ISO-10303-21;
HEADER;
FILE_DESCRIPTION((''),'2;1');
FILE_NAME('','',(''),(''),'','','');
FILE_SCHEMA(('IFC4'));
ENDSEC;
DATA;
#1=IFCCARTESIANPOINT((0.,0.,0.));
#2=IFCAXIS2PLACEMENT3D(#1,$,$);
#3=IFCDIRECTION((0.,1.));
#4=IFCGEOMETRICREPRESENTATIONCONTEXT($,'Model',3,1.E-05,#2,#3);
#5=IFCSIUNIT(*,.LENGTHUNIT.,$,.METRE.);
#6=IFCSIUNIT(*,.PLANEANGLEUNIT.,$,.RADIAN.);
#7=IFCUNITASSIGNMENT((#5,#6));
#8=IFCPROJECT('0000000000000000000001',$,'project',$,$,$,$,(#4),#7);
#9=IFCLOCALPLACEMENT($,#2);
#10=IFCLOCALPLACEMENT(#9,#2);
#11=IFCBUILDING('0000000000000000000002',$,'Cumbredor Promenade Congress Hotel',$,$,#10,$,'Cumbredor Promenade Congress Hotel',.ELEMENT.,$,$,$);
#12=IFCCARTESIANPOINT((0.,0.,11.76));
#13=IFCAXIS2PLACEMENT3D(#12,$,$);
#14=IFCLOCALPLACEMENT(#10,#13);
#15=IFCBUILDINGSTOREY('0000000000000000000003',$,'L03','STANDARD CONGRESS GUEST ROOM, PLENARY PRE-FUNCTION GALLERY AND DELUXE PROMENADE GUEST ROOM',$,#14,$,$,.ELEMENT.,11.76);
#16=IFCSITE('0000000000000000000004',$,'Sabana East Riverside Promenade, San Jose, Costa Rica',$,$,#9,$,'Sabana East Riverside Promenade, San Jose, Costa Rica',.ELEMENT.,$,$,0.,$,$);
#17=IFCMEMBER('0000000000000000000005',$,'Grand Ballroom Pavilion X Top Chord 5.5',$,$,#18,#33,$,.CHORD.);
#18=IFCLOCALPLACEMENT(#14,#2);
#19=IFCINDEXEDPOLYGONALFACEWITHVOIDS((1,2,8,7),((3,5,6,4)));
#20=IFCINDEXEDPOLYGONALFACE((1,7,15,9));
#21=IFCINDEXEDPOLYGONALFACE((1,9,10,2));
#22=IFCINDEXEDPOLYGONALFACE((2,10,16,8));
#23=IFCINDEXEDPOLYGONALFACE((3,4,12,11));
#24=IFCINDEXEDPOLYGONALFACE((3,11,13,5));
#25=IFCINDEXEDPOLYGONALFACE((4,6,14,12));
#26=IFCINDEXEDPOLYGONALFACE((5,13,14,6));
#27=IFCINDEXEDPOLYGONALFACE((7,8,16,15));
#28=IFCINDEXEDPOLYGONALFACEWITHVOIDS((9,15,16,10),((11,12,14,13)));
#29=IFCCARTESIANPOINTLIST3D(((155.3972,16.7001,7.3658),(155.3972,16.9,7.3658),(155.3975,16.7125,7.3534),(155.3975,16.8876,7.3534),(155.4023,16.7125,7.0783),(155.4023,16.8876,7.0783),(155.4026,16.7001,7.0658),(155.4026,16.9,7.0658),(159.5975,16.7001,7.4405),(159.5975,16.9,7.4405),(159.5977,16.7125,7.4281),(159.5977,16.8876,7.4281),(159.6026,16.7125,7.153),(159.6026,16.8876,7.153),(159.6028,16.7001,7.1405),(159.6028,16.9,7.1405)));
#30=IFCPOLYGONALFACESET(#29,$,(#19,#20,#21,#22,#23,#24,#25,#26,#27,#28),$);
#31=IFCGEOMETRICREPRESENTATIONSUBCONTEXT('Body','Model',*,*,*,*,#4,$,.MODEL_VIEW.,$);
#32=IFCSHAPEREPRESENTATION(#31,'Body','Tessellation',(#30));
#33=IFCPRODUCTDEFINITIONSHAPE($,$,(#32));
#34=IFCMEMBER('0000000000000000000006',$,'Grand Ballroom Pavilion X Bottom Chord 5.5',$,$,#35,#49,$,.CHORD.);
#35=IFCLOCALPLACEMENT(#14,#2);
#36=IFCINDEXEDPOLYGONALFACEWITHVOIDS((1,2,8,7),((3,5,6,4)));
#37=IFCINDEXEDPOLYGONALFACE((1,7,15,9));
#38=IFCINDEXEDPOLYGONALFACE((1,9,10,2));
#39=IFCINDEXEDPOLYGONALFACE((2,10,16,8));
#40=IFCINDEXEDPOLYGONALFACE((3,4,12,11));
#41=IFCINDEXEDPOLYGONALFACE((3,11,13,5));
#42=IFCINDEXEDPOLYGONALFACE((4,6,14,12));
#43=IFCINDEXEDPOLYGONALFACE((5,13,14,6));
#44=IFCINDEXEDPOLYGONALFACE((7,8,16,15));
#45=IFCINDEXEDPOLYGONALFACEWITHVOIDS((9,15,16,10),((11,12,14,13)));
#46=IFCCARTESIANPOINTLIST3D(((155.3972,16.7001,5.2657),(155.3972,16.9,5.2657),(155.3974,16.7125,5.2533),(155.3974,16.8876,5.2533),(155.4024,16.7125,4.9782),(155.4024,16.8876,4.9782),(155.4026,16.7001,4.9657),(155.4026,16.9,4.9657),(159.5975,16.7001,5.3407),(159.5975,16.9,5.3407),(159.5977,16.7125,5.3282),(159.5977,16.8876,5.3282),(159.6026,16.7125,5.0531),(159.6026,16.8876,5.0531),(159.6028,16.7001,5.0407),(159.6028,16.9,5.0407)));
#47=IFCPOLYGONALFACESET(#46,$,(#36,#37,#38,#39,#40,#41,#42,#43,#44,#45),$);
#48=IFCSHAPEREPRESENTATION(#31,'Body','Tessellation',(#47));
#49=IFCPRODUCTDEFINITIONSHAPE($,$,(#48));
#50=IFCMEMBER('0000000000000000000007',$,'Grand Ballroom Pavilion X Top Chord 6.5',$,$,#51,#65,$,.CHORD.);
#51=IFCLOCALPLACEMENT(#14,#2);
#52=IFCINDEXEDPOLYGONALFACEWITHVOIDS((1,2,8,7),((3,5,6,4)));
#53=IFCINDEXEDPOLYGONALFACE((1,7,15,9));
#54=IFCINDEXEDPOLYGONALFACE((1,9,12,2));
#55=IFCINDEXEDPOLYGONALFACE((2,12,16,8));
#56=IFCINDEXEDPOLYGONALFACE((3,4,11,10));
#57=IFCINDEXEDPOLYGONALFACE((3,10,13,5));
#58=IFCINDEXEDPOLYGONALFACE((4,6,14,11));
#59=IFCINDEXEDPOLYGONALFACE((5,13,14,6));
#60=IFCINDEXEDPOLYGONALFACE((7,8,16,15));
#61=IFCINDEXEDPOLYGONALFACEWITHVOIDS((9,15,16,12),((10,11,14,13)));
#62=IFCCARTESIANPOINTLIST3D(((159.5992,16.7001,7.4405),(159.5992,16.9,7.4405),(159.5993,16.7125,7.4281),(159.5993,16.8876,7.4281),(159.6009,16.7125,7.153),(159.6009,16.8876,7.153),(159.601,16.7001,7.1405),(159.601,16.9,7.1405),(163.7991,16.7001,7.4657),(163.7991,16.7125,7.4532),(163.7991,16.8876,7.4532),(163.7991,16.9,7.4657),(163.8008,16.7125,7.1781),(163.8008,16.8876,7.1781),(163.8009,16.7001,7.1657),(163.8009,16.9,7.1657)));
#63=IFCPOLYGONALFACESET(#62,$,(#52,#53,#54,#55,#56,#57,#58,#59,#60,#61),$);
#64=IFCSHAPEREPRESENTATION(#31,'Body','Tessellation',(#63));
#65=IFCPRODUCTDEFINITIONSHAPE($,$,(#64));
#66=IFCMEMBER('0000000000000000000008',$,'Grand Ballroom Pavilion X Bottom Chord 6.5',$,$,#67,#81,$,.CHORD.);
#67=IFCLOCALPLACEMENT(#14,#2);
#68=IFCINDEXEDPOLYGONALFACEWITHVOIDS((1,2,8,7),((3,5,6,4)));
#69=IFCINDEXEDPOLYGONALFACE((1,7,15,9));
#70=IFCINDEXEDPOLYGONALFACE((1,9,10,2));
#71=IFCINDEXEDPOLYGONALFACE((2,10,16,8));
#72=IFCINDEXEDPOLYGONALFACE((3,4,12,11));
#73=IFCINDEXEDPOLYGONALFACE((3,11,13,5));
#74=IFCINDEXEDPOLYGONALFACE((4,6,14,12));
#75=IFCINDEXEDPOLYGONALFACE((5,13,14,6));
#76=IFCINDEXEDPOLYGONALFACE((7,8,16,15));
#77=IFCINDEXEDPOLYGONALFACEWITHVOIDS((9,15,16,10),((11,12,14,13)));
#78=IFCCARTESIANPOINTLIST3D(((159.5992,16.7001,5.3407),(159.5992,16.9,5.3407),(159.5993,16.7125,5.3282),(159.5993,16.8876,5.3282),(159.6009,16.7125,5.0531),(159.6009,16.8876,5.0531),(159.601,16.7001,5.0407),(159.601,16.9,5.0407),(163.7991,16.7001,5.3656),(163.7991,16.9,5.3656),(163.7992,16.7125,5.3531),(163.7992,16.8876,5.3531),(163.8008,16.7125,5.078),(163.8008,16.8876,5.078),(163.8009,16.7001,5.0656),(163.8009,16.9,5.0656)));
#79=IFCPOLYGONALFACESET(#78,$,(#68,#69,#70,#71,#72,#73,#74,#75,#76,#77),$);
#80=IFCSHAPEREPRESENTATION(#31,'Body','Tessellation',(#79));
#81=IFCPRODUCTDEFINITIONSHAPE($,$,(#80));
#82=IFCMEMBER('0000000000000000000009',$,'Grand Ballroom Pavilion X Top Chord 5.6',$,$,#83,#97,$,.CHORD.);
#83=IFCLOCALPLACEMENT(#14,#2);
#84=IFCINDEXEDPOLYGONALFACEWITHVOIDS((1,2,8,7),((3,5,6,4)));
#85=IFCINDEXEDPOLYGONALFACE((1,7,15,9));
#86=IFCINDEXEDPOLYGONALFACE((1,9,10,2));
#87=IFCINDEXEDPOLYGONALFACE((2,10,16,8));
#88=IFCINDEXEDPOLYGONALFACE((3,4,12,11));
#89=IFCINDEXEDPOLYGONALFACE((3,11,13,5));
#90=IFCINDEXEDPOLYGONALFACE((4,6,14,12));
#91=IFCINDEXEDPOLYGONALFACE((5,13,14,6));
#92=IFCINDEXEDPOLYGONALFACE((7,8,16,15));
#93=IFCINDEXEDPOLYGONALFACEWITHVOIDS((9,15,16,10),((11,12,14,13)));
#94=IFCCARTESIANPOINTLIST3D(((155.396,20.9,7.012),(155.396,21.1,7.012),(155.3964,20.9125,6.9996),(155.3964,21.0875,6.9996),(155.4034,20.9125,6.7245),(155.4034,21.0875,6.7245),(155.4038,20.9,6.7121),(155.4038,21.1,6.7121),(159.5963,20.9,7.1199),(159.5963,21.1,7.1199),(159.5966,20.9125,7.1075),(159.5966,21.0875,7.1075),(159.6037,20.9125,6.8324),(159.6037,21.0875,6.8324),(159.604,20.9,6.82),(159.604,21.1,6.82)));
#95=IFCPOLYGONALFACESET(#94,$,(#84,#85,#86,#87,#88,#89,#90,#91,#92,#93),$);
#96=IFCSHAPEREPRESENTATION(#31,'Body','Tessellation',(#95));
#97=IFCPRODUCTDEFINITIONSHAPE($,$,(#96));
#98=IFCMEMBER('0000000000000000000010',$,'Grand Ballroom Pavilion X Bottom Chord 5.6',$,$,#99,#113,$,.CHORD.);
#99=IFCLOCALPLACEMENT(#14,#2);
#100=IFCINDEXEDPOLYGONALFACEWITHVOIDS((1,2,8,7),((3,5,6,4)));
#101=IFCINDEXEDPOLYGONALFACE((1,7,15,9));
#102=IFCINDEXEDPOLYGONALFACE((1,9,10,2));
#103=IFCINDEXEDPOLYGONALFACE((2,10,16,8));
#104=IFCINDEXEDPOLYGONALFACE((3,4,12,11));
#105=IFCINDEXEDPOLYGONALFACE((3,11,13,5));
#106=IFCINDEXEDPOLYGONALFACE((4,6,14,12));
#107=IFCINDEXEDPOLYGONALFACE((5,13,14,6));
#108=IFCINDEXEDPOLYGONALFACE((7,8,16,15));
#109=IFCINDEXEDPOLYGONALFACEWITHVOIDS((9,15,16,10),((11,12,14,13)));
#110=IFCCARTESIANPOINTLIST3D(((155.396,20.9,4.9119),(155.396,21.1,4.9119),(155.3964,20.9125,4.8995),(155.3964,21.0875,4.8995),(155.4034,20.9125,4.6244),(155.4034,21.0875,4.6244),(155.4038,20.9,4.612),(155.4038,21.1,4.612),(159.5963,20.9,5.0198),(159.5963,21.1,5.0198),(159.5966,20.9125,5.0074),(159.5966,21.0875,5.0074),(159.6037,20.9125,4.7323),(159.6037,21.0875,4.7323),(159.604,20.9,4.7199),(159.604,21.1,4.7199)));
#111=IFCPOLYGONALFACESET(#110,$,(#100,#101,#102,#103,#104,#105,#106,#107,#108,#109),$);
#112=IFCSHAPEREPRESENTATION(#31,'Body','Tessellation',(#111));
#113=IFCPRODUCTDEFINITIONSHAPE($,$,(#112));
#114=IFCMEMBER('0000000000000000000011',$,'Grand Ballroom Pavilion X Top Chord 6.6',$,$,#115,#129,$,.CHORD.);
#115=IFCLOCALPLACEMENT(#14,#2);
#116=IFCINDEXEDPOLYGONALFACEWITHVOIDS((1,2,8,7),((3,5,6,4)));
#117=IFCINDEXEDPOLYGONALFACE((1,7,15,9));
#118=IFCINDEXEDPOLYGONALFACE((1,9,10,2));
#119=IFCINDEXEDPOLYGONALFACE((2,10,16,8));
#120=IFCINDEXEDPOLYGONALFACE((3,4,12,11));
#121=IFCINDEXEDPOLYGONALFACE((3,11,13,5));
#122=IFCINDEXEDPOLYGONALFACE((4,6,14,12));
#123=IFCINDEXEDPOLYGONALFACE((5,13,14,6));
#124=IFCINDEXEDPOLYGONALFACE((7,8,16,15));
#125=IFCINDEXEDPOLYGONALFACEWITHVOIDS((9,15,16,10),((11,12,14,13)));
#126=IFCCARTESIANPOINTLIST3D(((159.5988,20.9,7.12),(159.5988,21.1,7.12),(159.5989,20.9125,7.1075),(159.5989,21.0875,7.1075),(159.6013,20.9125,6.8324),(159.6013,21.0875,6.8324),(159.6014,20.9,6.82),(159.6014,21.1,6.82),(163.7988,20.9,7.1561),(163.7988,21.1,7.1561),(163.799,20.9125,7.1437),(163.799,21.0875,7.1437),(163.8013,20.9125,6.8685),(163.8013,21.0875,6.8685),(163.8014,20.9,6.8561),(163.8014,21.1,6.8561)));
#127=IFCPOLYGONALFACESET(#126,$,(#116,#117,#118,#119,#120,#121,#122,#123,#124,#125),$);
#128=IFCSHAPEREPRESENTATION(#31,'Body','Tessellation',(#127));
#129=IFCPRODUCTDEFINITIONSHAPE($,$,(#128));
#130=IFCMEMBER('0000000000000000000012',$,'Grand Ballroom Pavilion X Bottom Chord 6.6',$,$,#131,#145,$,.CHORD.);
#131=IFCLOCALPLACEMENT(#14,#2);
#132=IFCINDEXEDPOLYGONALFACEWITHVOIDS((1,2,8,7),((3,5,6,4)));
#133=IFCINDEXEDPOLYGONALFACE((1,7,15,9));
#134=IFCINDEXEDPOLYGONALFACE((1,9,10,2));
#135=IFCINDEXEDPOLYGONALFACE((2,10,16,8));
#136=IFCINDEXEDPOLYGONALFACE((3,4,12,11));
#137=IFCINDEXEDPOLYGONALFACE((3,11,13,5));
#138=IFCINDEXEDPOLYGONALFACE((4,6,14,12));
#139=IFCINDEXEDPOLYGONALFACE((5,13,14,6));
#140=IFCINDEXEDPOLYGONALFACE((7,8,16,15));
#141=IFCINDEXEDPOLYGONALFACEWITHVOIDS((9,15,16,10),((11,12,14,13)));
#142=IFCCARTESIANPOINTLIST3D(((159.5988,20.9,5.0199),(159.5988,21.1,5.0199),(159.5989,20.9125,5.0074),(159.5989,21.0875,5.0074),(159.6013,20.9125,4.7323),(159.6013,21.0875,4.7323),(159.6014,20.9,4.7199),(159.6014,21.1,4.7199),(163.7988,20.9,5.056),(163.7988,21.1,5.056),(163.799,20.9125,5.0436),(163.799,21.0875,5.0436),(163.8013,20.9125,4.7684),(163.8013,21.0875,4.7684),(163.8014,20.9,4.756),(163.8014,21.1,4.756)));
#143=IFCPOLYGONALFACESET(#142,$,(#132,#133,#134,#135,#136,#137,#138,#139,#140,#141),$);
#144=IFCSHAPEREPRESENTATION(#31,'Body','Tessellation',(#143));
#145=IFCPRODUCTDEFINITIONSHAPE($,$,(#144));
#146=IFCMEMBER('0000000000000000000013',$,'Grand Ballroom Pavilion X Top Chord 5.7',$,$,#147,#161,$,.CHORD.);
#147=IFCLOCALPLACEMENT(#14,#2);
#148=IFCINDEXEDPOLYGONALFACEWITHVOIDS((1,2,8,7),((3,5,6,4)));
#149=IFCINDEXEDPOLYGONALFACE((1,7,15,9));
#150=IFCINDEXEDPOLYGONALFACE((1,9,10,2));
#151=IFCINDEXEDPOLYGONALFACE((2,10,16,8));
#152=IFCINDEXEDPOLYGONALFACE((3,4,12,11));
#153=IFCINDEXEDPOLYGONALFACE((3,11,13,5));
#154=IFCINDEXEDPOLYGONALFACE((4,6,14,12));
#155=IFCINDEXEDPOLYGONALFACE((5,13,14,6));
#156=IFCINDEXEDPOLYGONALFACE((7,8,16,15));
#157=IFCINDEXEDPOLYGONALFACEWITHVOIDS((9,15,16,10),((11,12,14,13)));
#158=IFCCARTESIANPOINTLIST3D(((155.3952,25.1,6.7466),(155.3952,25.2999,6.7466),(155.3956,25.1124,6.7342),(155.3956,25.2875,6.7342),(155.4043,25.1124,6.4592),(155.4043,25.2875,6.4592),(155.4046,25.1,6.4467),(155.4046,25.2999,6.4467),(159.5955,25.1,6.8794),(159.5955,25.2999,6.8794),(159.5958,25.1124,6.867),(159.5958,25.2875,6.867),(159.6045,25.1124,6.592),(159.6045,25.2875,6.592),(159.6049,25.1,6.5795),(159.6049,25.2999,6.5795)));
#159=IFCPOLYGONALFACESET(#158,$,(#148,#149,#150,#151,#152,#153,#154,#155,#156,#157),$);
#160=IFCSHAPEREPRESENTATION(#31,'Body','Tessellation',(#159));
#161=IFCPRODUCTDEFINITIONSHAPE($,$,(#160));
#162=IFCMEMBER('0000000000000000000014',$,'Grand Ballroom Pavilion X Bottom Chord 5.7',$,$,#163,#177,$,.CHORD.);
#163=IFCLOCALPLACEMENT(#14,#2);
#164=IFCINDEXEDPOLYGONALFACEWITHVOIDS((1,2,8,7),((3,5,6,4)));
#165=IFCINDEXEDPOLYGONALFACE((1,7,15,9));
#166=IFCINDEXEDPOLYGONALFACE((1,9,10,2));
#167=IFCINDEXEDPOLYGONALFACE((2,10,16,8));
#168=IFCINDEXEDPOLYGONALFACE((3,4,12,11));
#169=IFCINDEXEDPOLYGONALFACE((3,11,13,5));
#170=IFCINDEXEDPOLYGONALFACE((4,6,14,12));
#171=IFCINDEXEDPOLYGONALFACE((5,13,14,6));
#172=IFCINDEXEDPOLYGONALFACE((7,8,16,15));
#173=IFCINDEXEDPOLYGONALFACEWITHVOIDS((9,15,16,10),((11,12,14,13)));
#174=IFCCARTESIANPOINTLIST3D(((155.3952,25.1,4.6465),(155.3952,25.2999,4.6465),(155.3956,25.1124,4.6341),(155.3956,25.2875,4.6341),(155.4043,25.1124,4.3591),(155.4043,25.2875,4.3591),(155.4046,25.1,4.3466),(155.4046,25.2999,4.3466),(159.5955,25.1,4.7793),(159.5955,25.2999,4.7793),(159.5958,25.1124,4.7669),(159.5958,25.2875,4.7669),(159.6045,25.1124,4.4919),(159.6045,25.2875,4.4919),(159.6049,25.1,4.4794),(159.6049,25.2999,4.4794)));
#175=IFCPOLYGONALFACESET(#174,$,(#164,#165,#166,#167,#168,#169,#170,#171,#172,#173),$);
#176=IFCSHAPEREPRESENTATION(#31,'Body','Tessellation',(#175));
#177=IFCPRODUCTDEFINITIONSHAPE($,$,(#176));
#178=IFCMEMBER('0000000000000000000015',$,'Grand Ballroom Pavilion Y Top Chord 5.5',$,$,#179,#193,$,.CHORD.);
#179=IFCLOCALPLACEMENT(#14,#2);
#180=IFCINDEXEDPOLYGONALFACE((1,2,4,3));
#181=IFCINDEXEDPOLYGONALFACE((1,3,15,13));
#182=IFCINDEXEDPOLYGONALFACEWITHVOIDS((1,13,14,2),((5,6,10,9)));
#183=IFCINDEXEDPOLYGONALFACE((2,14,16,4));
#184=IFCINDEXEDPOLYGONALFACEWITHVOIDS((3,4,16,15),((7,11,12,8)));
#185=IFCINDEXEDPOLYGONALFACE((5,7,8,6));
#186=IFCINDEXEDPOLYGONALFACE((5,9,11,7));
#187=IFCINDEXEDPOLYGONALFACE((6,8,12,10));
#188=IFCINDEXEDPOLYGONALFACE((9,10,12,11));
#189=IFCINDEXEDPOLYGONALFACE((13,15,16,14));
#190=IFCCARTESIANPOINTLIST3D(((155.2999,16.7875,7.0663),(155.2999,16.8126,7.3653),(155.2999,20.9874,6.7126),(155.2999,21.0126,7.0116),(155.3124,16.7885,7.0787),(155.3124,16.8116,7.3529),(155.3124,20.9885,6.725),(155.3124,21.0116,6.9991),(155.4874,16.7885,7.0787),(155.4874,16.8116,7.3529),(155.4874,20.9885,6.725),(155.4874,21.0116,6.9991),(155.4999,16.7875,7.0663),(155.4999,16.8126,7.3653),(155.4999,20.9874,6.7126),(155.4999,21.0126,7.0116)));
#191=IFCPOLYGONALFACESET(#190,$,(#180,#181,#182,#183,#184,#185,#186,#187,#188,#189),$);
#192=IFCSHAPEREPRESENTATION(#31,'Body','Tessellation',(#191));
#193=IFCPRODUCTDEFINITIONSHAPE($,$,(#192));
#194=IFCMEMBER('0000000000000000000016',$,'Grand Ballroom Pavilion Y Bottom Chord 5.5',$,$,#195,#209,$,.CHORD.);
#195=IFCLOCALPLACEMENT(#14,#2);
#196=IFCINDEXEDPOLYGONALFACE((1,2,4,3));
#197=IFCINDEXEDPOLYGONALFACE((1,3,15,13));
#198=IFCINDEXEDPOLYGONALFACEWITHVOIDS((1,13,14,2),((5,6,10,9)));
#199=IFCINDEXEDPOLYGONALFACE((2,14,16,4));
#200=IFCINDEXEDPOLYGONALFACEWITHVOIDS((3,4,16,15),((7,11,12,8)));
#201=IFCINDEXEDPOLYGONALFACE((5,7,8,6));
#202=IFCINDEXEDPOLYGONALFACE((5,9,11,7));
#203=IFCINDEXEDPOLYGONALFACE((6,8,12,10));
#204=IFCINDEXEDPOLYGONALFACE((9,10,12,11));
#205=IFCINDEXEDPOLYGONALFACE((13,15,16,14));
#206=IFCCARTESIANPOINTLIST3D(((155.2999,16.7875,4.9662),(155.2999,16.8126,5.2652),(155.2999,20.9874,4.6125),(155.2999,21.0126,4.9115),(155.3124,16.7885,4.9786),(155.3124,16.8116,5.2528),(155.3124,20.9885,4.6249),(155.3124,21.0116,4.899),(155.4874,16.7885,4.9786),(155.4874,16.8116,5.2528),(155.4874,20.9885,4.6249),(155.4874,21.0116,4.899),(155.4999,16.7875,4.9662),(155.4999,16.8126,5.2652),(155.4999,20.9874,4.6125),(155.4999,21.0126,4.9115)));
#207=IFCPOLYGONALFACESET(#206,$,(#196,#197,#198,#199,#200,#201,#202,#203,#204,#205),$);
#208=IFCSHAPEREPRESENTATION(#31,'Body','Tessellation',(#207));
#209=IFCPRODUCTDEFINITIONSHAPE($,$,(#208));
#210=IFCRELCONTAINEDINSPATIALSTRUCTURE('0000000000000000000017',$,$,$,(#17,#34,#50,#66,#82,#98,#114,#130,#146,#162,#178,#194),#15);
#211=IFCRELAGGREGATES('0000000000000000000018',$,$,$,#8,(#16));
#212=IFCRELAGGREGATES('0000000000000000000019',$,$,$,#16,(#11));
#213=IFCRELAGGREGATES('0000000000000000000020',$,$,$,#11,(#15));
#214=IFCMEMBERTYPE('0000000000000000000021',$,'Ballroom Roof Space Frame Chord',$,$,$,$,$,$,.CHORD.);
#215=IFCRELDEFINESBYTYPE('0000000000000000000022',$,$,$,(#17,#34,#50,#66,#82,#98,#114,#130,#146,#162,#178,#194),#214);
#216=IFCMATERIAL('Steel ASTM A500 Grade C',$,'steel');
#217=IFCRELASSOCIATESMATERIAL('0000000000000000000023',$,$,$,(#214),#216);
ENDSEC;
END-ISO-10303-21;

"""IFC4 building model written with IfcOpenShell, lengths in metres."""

from ifc_helpers import new_model, si_unit, direction, frame, origin, origin_2d, place, context, subcontext, project, spatial, hollow_rectangle, extrude, material, material_profile, profile_set, type_object, element, save


model = new_model("IFC4")

# Units and contexts
model_context = context("Model", 3, precision=1e-05, world=origin(), true_north=direction((0.0, 1.0)))
body_context = subcontext(model_context, "Body", "Model", "MODEL_VIEW")
ifc_project = project(units=[si_unit("LENGTHUNIT", "METRE"), si_unit("PLANEANGLEUNIT", "RADIAN")], contexts=[model_context])

# Site, building, storey
site_placement = place(None, origin())
site = spatial("IfcSite", under=ifc_project, at=site_placement, Name="Sabana East Riverside Promenade, San Jose, Costa Rica", LongName="Sabana East Riverside Promenade, San Jose, Costa Rica", CompositionType="ELEMENT", RefElevation=0.0)
building_placement = place(site_placement, origin())
building = spatial("IfcBuilding", under=site, at=building_placement, Name="Cumbredor Promenade Congress Hotel", LongName="Cumbredor Promenade Congress Hotel", CompositionType="ELEMENT")
storey_placement = place(building_placement, frame((0.0, 0.0, 11.76)))
storey = spatial("IfcBuildingStorey", under=building, at=storey_placement, Name="L03", Description="STANDARD CONGRESS GUEST ROOM, PLENARY PRE-FUNCTION GALLERY AND DELUXE PROMENADE GUEST ROOM", CompositionType="ELEMENT", Elevation=11.76)

# Members
ifc_material_1 = material(Name="Steel ASTM A500 Grade C", Category="steel")
ifc_material_profile_1 = material_profile(ifc_material_1, hollow_rectangle(XDim=0.2, YDim=0.3, WallThickness=0.0125, at=origin_2d()), Name="HSS 300x200x12.5")
ifc_profile_set_1 = profile_set([ifc_material_profile_1], Name="Steel ASTM A500 Grade C")
member_type_1 = type_object("IfcMemberType", Name="Ballroom Roof Space Frame Chord", PredefinedType="CHORD", material=ifc_profile_set_1)
for number, where, z_axis, x_axis, name in (
    (1, (155.3999, 16.8, 7.2158), (0.999842, 0.0, 0.017784), (0.0, 1.0, 0.0), "Grand Ballroom Pavilion X Top Chord 5.5"),
    (2, (155.3999, 16.8, 5.1157), (0.999841, 0.0, 0.017842), (0.0, 1.0, 0.0), "Grand Ballroom Pavilion X Bottom Chord 5.5"),
):
    element("IfcMember", number, at=place(storey_placement, frame(where, z_axis=z_axis, x_axis=x_axis)), inside=storey, type_object=member_type_1, Name=name, PredefinedType="CHORD", context=body_context, shape_type="SweptSolid", body=[
        extrude(hollow_rectangle(XDim=0.2, YDim=0.3, WallThickness=0.0125, at=origin_2d()), origin(), (0.0, 0.0, 1.0), 4.2009),
    ])
for number, where, z_axis, x_axis, name in (
    (3, (159.6001, 16.8, 7.2905), (0.999982, 0.0, 0.005987), (0.0, 1.0, 0.0), "Grand Ballroom Pavilion X Top Chord 6.5"),
    (4, (159.6001, 16.8, 5.1907), (0.999982, 0.0, 0.005929), (0.0, 1.0, 0.0), "Grand Ballroom Pavilion X Bottom Chord 6.5"),
):
    element("IfcMember", number, at=place(storey_placement, frame(where, z_axis=z_axis, x_axis=x_axis)), inside=storey, type_object=member_type_1, Name=name, PredefinedType="CHORD", context=body_context, shape_type="SweptSolid", body=[
        extrude(hollow_rectangle(XDim=0.2, YDim=0.3, WallThickness=0.0125, at=origin_2d()), origin(), (0.0, 0.0, 1.0), 4.2),
    ])
for number, where, z_axis, x_axis, name in (
    (5, (155.3999, 21.0, 6.8621), (0.99967, 0.0, 0.025683), (0.0, 1.0, 0.0), "Grand Ballroom Pavilion X Top Chord 5.6"),
    (6, (155.3999, 21.0, 4.762), (0.99967, 0.0, 0.025683), (0.0, 1.0, 0.0), "Grand Ballroom Pavilion X Bottom Chord 5.6"),
):
    element("IfcMember", number, at=place(storey_placement, frame(where, z_axis=z_axis, x_axis=x_axis)), inside=storey, type_object=member_type_1, Name=name, PredefinedType="CHORD", context=body_context, shape_type="SweptSolid", body=[
        extrude(hollow_rectangle(XDim=0.2, YDim=0.3, WallThickness=0.0125, at=origin_2d()), origin(), (0.0, 0.0, 1.0), 4.2017),
    ])
for number, where, z_axis, x_axis, name in (
    (7, (159.6001, 21.0, 6.97), (0.999963, 0.0, 0.008603), (0.0, 1.0, 0.0), "Grand Ballroom Pavilion X Top Chord 6.6"),
    (8, (159.6001, 21.0, 4.8699), (0.999963, 0.0, 0.008603), (0.0, 1.0, 0.0), "Grand Ballroom Pavilion X Bottom Chord 6.6"),
):
    element("IfcMember", number, at=place(storey_placement, frame(where, z_axis=z_axis, x_axis=x_axis)), inside=storey, type_object=member_type_1, Name=name, PredefinedType="CHORD", context=body_context, shape_type="SweptSolid", body=[
        extrude(hollow_rectangle(XDim=0.2, YDim=0.3, WallThickness=0.0125, at=origin_2d()), origin(), (0.0, 0.0, 1.0), 4.2002),
    ])
for number, where, z_axis, x_axis, name in (
    (9, (155.3999, 25.2, 6.5967), (0.9995, 0.0, 0.031605), (0.0, 1.0, 0.0), "Grand Ballroom Pavilion X Top Chord 5.7"),
    (10, (155.3999, 25.2, 4.4966), (0.9995, 0.0, 0.031605), (0.0, 1.0, 0.0), "Grand Ballroom Pavilion X Bottom Chord 5.7"),
):
    element("IfcMember", number, at=place(storey_placement, frame(where, z_axis=z_axis, x_axis=x_axis)), inside=storey, type_object=member_type_1, Name=name, PredefinedType="CHORD", context=body_context, shape_type="SweptSolid", body=[
        extrude(hollow_rectangle(XDim=0.2, YDim=0.3, WallThickness=0.0125, at=origin_2d()), origin(), (0.0, 0.0, 1.0), 4.2024),
    ])
for number, where, z_axis, x_axis, name in (
    (11, (155.3999, 16.8, 7.2158), (0.0, 0.996471, -0.083932), (-1.0, 0.0, 0.0), "Grand Ballroom Pavilion Y Top Chord 5.5"),
    (12, (155.3999, 16.8, 5.1157), (0.0, 0.996471, -0.083932), (-1.0, 0.0, 0.0), "Grand Ballroom Pavilion Y Bottom Chord 5.5"),
):
    element("IfcMember", number, at=place(storey_placement, frame(where, z_axis=z_axis, x_axis=x_axis)), inside=storey, type_object=member_type_1, Name=name, PredefinedType="CHORD", context=body_context, shape_type="SweptSolid", body=[
        extrude(hollow_rectangle(XDim=0.2, YDim=0.3, WallThickness=0.0125, at=origin_2d()), origin(), (0.0, 0.0, 1.0), 4.2148),
    ])

save(model, "model.ifc")
